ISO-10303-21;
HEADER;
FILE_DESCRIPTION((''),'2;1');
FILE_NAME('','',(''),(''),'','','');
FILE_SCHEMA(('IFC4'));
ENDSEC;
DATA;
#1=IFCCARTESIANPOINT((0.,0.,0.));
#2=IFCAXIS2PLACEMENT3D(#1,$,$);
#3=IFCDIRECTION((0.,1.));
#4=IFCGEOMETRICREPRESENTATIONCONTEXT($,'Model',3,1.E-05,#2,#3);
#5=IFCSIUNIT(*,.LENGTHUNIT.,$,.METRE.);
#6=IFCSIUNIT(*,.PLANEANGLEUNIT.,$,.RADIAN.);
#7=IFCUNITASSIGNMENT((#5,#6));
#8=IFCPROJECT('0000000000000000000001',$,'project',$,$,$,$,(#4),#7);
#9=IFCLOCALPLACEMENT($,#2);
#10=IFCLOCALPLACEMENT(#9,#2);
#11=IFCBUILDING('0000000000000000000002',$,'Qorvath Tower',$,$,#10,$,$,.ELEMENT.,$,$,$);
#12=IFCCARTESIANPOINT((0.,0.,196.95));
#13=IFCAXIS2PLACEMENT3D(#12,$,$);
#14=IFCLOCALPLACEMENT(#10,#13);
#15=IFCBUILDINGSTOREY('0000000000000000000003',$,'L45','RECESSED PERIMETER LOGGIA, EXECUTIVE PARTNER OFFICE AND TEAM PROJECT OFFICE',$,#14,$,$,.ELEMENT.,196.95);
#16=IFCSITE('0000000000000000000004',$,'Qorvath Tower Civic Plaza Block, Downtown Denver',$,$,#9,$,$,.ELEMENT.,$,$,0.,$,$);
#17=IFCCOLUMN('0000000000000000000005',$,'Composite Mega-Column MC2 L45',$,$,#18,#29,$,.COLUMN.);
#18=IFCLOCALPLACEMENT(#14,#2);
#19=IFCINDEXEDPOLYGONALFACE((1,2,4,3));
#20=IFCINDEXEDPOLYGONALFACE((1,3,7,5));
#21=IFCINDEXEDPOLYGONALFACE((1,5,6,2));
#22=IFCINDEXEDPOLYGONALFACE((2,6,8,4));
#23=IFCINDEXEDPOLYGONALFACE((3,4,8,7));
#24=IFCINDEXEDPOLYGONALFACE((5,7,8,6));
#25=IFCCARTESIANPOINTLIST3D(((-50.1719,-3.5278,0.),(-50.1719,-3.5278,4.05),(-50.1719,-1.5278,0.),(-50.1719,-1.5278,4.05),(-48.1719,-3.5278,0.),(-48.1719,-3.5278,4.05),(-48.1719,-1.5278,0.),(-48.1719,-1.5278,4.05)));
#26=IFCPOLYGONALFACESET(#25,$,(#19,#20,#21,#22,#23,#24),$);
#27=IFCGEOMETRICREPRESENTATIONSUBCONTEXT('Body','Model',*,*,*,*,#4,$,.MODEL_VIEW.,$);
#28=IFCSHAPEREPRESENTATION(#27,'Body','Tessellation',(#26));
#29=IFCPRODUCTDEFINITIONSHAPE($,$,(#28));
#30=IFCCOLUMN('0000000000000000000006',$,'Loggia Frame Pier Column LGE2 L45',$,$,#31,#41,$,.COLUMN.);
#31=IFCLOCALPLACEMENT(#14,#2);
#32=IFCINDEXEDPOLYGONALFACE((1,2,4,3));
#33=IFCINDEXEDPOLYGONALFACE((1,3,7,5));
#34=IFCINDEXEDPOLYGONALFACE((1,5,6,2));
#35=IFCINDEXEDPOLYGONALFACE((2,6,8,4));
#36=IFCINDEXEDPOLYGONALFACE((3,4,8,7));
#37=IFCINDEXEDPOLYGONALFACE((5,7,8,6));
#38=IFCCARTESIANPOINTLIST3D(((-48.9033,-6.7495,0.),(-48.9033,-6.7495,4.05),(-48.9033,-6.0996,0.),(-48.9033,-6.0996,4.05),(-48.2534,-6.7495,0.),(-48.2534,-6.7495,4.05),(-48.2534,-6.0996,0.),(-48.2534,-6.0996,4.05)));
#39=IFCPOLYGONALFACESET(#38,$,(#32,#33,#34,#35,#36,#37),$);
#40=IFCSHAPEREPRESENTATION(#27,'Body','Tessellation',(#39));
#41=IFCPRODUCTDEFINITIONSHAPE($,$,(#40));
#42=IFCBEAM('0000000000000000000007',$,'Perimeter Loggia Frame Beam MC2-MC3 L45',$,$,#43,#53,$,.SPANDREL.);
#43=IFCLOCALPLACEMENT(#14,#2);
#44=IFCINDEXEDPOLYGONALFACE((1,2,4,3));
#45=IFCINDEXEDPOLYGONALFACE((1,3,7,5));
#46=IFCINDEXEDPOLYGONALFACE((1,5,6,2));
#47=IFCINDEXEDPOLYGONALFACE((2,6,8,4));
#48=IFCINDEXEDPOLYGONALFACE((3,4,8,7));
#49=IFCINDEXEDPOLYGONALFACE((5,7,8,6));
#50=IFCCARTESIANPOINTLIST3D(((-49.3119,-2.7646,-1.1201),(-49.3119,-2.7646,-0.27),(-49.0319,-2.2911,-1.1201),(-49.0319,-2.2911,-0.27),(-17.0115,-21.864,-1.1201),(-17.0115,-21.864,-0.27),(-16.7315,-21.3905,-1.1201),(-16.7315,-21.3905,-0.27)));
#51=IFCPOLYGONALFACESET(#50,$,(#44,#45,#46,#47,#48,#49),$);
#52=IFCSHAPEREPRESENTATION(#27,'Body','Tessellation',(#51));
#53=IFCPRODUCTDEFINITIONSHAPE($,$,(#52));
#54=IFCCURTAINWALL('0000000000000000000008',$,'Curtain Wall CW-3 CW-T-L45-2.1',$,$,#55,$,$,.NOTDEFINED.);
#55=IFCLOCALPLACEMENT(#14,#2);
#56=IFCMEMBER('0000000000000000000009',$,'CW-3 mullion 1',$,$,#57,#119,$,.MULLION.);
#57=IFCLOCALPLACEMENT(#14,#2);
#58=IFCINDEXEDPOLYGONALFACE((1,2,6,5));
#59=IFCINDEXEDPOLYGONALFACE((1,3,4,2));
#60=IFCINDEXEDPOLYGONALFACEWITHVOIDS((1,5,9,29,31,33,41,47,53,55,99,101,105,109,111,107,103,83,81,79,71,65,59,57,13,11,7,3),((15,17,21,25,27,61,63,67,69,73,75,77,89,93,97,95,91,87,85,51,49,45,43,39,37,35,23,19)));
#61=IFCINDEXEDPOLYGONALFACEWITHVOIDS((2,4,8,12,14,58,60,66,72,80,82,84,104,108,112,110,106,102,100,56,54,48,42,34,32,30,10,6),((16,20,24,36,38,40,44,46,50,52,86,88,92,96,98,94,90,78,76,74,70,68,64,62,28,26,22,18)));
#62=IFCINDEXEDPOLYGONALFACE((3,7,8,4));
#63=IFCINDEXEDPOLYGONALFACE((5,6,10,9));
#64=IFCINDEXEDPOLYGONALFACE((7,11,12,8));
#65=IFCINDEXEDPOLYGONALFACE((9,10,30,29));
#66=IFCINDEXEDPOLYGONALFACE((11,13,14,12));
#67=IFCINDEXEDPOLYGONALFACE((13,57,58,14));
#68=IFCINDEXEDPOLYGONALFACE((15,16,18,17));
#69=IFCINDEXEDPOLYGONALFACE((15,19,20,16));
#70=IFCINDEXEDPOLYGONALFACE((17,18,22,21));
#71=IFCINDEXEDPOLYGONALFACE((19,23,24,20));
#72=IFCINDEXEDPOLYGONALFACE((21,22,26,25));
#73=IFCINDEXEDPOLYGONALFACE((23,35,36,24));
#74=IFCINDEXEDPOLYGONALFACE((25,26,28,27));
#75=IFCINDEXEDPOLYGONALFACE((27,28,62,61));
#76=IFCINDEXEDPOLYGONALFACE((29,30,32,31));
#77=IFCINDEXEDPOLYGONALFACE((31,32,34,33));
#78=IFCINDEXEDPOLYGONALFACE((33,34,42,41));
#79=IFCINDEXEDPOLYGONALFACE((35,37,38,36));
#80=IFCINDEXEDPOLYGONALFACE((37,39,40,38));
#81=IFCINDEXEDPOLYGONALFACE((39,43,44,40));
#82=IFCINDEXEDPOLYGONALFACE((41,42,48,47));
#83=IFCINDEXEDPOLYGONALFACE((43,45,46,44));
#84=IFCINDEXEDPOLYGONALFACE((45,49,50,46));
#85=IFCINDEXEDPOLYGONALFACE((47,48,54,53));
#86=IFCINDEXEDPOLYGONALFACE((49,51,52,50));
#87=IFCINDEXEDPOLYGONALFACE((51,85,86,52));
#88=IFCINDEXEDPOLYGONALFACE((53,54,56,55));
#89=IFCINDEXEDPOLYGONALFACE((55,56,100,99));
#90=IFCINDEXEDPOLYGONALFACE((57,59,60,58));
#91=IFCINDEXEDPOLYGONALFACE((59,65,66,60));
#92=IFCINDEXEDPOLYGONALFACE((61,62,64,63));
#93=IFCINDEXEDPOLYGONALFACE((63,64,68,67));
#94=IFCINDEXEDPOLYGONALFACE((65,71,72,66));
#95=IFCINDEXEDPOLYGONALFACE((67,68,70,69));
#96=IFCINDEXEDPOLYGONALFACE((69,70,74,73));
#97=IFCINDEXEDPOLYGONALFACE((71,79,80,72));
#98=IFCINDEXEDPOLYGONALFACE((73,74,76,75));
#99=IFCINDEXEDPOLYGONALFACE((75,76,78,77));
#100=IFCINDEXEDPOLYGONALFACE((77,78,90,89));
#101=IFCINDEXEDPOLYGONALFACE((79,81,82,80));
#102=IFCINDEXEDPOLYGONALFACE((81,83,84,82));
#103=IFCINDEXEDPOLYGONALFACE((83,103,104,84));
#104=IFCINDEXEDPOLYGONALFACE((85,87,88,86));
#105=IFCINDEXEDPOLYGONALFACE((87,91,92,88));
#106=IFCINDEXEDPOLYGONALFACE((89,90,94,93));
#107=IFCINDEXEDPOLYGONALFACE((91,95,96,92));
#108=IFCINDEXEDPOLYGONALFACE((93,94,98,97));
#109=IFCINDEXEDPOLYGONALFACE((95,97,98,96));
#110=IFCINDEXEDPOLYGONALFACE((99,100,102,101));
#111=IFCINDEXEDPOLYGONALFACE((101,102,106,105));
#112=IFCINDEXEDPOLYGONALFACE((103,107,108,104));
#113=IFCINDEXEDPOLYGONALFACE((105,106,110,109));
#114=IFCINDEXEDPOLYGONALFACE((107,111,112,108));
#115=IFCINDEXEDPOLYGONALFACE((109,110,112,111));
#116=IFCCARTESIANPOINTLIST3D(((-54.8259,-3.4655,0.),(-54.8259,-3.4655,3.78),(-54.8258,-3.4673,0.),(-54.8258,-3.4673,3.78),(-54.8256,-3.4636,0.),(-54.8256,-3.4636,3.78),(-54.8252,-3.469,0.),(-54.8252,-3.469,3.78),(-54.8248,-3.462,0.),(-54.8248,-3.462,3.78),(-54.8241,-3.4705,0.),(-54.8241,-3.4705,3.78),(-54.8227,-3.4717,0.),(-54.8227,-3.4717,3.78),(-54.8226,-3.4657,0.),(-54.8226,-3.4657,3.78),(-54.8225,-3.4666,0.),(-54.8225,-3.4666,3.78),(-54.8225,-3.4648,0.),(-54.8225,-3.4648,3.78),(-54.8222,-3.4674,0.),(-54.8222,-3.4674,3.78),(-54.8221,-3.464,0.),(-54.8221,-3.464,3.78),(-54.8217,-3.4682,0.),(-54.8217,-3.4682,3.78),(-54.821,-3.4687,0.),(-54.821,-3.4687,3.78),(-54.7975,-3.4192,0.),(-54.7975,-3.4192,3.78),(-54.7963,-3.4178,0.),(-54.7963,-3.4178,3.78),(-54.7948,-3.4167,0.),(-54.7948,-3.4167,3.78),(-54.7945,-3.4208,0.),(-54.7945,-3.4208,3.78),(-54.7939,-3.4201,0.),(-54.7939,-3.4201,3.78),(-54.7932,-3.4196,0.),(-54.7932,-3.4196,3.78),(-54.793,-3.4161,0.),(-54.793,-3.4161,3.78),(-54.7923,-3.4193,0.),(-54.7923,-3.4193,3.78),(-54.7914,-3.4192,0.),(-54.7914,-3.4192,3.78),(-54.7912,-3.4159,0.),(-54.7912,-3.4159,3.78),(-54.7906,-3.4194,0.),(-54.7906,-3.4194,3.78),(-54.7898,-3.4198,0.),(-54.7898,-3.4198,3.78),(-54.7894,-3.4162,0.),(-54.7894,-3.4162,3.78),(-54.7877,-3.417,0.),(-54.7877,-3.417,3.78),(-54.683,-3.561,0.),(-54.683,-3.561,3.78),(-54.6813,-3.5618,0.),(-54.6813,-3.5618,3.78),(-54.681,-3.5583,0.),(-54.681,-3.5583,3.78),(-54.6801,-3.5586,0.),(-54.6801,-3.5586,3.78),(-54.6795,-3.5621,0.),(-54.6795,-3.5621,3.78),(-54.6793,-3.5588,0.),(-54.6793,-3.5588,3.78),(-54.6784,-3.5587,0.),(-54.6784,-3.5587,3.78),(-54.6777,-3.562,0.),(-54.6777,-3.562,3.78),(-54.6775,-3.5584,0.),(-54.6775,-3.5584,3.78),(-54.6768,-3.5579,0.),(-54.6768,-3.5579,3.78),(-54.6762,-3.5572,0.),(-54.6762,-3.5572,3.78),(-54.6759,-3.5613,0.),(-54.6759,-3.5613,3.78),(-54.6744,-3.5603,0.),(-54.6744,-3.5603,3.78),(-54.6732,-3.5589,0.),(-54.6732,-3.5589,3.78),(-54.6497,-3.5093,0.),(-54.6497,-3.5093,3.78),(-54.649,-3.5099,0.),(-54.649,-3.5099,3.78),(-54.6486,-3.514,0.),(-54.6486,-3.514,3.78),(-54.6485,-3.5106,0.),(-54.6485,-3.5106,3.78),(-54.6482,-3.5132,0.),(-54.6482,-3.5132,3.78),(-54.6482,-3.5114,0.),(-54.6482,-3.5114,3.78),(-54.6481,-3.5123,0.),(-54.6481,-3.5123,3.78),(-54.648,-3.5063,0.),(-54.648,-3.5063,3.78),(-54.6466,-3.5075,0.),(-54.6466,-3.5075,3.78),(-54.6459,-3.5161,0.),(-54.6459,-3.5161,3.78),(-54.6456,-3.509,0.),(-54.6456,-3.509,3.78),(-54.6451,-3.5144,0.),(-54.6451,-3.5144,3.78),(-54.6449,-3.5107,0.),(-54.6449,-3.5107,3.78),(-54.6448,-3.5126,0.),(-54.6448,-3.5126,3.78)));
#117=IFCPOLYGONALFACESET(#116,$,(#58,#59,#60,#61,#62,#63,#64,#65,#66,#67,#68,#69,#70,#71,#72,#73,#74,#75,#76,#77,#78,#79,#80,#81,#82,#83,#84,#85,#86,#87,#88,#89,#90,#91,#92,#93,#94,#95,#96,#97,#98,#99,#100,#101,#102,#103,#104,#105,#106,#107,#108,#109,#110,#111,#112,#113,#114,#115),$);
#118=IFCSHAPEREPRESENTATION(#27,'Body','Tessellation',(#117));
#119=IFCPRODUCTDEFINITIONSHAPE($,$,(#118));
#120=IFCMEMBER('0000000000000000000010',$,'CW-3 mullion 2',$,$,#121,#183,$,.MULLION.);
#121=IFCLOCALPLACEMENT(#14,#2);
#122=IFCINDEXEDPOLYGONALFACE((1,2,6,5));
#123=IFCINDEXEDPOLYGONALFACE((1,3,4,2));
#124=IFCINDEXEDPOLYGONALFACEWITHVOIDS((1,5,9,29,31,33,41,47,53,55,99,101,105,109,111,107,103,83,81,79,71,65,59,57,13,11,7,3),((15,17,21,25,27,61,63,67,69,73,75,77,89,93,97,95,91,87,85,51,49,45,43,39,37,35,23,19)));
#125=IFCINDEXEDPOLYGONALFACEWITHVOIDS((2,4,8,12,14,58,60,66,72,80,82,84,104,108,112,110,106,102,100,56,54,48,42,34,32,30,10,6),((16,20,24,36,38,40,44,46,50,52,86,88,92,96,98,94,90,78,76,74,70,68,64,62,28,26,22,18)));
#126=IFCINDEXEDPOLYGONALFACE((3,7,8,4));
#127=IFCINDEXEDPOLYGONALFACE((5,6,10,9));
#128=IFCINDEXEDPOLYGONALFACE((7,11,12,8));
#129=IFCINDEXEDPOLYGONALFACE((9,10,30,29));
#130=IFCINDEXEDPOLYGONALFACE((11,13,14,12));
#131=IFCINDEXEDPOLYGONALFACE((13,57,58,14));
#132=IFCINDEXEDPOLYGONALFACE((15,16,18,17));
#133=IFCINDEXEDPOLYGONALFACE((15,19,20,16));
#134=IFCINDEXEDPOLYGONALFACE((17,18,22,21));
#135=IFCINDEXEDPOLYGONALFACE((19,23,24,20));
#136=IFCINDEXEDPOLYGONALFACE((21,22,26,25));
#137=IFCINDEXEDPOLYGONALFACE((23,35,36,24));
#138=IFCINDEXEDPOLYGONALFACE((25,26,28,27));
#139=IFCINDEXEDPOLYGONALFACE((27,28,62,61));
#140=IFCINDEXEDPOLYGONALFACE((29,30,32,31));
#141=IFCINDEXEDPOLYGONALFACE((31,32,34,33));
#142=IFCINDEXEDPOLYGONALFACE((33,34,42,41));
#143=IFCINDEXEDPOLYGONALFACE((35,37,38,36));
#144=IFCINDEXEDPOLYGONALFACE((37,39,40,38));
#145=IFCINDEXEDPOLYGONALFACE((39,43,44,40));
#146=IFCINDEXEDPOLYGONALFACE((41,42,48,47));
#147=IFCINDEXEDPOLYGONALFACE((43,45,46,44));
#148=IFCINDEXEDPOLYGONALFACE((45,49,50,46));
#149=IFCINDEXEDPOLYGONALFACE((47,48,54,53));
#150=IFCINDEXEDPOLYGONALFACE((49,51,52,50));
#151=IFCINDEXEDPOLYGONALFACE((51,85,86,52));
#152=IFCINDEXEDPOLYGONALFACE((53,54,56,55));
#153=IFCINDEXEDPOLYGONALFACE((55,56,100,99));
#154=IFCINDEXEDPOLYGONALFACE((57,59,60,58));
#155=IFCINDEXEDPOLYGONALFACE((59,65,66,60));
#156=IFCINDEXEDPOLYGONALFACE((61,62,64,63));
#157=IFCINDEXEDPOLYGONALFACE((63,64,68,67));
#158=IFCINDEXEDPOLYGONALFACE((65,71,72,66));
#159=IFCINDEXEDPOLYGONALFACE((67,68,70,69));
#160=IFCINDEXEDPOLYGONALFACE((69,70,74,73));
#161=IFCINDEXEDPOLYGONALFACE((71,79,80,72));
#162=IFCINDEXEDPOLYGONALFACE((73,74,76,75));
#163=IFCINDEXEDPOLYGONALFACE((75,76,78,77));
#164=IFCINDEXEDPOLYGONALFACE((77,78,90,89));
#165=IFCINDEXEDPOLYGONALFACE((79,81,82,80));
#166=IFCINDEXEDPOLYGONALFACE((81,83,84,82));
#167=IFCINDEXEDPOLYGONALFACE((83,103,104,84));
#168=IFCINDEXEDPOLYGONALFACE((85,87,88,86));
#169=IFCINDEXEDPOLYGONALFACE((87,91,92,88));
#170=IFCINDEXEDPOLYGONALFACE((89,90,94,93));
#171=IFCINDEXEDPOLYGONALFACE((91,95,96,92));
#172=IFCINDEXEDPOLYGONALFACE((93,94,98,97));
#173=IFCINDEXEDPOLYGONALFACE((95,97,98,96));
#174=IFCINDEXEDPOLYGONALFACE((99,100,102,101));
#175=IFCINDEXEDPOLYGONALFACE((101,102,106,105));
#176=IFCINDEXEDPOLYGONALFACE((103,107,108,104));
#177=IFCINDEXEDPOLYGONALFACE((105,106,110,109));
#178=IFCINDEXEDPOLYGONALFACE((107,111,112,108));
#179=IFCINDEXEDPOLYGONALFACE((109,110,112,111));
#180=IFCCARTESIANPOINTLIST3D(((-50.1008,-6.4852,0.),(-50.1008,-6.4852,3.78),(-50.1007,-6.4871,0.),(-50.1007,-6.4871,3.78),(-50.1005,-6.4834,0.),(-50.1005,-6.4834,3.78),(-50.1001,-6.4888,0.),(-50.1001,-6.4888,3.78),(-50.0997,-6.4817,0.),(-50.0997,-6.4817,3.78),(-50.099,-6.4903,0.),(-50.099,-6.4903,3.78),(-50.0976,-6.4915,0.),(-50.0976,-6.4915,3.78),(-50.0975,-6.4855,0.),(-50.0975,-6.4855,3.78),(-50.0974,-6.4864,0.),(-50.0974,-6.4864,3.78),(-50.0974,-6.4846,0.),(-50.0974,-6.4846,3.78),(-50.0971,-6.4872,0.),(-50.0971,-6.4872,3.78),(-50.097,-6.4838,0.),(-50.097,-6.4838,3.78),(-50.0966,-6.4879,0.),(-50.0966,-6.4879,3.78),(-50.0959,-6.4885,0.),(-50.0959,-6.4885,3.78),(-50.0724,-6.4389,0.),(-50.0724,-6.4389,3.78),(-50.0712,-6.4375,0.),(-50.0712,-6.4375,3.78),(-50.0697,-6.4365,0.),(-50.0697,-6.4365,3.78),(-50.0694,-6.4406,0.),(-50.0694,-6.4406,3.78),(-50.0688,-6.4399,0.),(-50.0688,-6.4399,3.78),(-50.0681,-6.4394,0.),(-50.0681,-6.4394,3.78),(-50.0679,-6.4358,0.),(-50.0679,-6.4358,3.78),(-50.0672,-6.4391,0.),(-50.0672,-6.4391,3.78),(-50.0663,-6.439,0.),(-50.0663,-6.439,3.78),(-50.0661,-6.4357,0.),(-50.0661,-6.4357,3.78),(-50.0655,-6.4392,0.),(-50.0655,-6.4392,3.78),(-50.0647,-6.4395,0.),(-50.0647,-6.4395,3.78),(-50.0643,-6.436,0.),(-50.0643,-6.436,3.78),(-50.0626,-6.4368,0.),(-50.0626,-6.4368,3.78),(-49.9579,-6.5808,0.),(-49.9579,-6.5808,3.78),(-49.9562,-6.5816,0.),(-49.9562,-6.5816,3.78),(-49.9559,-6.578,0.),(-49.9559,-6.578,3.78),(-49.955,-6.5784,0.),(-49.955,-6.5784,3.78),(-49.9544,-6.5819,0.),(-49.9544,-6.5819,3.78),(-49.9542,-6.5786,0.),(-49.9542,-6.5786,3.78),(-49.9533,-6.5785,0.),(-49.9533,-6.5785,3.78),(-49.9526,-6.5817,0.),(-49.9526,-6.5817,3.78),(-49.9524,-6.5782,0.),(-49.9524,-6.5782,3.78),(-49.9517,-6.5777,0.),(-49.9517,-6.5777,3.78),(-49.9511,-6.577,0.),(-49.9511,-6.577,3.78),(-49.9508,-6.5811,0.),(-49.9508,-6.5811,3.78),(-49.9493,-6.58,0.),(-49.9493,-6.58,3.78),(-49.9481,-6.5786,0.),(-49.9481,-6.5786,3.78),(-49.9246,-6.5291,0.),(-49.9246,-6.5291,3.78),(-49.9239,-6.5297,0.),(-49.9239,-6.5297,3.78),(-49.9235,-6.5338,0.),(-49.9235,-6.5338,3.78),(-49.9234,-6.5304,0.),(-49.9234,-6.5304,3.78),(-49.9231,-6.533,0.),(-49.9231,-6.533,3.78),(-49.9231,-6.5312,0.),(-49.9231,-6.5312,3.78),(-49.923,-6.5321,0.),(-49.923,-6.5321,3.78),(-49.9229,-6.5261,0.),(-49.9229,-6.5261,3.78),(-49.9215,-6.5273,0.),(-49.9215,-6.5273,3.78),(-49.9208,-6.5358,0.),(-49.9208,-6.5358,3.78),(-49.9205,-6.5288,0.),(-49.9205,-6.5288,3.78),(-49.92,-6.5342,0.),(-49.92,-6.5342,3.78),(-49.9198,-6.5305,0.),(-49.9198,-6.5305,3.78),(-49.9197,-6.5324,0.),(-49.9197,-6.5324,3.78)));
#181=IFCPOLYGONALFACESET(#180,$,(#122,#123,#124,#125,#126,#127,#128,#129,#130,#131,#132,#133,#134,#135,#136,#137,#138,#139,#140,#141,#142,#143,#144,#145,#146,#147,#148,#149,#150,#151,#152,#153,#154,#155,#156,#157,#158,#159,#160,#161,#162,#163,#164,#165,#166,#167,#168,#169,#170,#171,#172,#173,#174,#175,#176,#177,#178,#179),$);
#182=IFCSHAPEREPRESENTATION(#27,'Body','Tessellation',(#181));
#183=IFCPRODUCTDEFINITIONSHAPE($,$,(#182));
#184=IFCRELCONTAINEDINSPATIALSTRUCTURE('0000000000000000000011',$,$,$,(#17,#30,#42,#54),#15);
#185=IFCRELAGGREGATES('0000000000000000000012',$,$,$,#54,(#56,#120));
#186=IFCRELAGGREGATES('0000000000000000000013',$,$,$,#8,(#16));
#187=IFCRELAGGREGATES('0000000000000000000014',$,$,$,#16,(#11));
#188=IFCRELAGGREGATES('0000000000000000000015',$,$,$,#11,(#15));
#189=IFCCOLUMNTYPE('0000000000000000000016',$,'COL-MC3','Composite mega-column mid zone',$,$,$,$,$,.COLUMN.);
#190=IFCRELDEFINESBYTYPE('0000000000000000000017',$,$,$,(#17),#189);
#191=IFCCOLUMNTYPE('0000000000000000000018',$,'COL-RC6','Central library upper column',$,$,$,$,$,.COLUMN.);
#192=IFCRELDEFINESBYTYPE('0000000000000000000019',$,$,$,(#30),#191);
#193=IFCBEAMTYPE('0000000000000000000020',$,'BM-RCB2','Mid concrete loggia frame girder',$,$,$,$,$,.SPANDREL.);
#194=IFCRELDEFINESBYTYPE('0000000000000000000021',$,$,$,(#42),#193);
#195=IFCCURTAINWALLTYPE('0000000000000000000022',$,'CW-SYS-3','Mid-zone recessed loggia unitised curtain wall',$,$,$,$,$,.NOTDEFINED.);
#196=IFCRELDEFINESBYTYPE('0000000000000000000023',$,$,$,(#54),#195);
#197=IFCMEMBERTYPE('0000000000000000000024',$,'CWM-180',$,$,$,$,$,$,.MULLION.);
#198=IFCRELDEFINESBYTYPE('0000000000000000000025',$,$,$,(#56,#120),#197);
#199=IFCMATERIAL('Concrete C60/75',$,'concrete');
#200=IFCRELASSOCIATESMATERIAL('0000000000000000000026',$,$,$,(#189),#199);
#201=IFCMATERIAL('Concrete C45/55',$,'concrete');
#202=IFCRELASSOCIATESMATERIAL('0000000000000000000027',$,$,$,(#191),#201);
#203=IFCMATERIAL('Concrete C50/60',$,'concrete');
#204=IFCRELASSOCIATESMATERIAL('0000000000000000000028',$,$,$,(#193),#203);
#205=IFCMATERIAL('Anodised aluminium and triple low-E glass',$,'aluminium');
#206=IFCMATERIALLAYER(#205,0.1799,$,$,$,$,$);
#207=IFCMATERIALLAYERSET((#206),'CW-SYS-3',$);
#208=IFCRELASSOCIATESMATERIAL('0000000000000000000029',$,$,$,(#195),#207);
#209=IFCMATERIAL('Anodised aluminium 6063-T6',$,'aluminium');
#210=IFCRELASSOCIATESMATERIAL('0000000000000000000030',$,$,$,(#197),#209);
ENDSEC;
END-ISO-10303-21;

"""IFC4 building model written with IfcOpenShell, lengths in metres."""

from ifc_helpers import new_model, si_unit, direction, frame, origin, origin_2d, place, context, subcontext, project, spatial, rectangle, hollow_rectangle, extrude, material, layer, layer_set, material_profile, profile_set, type_object, element, aggregate, save


model = new_model("IFC4")

# Units and contexts
model_context = context("Model", 3, precision=1e-05, world=origin(), true_north=direction((0.0, 1.0)))
body_context = subcontext(model_context, "Body", "Model", "MODEL_VIEW")
ifc_project = project(units=[si_unit("LENGTHUNIT", "METRE"), si_unit("PLANEANGLEUNIT", "RADIAN")], contexts=[model_context])

# Site, building, storey
site_placement = place(None, origin())
site = spatial("IfcSite", under=ifc_project, at=site_placement, Name="Qorvath Tower Civic Plaza Block, Downtown Denver", CompositionType="ELEMENT", RefElevation=0.0)
building_placement = place(site_placement, origin())
building = spatial("IfcBuilding", under=site, at=building_placement, Name="Qorvath Tower", CompositionType="ELEMENT")
storey_placement = place(building_placement, frame((0.0, 0.0, 196.95)))
storey = spatial("IfcBuildingStorey", under=building, at=storey_placement, Name="L45", Description="RECESSED PERIMETER LOGGIA, EXECUTIVE PARTNER OFFICE AND TEAM PROJECT OFFICE", CompositionType="ELEMENT", Elevation=196.95)

# Columns
ifc_material_1 = material(Name="Concrete C60/75", Category="concrete")
ifc_material_profile_1 = material_profile(ifc_material_1, rectangle(XDim=2.0, YDim=2.0, at=origin_2d()), Name="MC 2000x2000")
ifc_profile_set_1 = profile_set([ifc_material_profile_1], Name="Concrete C60/75")
column_type_1 = type_object("IfcColumnType", Name="COL-MC3", Description="Composite mega-column mid zone", PredefinedType="COLUMN", material=ifc_profile_set_1)
column_1_placement = place(storey_placement, frame((-49.1719, -2.5278, 0.0), z_axis=(0.0, 0.0, 1.0), x_axis=(1.0, 0.0, 0.0)))
element("IfcColumn", 1, at=column_1_placement, inside=storey, type_object=column_type_1, Name="Composite Mega-Column MC2 L45", PredefinedType="COLUMN", context=body_context, shape_type="SweptSolid", body=[
    extrude(rectangle(XDim=2.0, YDim=2.0, at=origin_2d()), origin(), (0.0, 0.0, 1.0), 4.05),
])
ifc_material_2 = material(Name="Concrete C45/55", Category="concrete")
ifc_material_profile_2 = material_profile(ifc_material_2, rectangle(XDim=0.6499, YDim=0.6499, at=origin_2d()), Name="RC 650x650")
ifc_profile_set_2 = profile_set([ifc_material_profile_2], Name="Concrete C45/55")
column_type_2 = type_object("IfcColumnType", Name="COL-RC6", Description="Central library upper column", PredefinedType="COLUMN", material=ifc_profile_set_2)
column_2_placement = place(storey_placement, frame((-48.5784, -6.4246, 0.0), z_axis=(0.0, 0.0, 1.0), x_axis=(1.0, 0.0, 0.0)))
element("IfcColumn", 2, at=column_2_placement, inside=storey, type_object=column_type_2, Name="Loggia Frame Pier Column LGE2 L45", PredefinedType="COLUMN", context=body_context, shape_type="SweptSolid", body=[
    extrude(rectangle(XDim=0.6499, YDim=0.6499, at=origin_2d()), origin(), (0.0, 0.0, 1.0), 4.05),
])

# Beam
ifc_material_3 = material(Name="Concrete C50/60", Category="concrete")
ifc_material_profile_3 = material_profile(ifc_material_3, rectangle(XDim=0.55, YDim=0.8501, at=origin_2d()), Name="RCB 850x550")
ifc_profile_set_3 = profile_set([ifc_material_profile_3], Name="Concrete C50/60")
beam_type = type_object("IfcBeamType", Name="BM-RCB2", Description="Mid concrete loggia frame girder", PredefinedType="SPANDREL", material=ifc_profile_set_3)
beam_placement = place(storey_placement, frame((-49.1719, -2.5278, -0.6951), z_axis=(0.860777, -0.508983, 0.0), x_axis=(0.508983, 0.860777, 0.0)))
element("IfcBeam", 3, at=beam_placement, inside=storey, type_object=beam_type, Name="Perimeter Loggia Frame Beam MC2-MC3 L45", PredefinedType="SPANDREL", context=body_context, shape_type="SweptSolid", body=[
    extrude(rectangle(XDim=0.55, YDim=0.8501, at=origin_2d()), origin(), (0.0, 0.0, 1.0), 37.5247),
])

# Curtain wall, members
ifc_material_4 = material(Name="Anodised aluminium and triple low-E glass", Category="aluminium")
ifc_layer_1 = layer(ifc_material_4, 0.1799)
ifc_layer_set_1 = layer_set([ifc_layer_1], Name="CW-SYS-3")
curtain_wall_type = type_object("IfcCurtainWallType", Name="CW-SYS-3", Description="Mid-zone recessed loggia unitised curtain wall", PredefinedType="NOTDEFINED", material=ifc_layer_set_1)
curtain_wall_placement = place(storey_placement, origin())
curtain_wall = element("IfcCurtainWall", 4, at=curtain_wall_placement, inside=storey, type_object=curtain_wall_type, Name="Curtain Wall CW-3 CW-T-L45-2.1", PredefinedType="NOTDEFINED")
ifc_material_5 = material(Name="Anodised aluminium 6063-T6", Category="aluminium")
ifc_material_profile_4 = material_profile(ifc_material_5, hollow_rectangle(XDim=0.0649, YDim=0.1799, WallThickness=0.0034, InnerFilletRadius=0.0034, OuterFilletRadius=0.0071, at=origin_2d()), Name="CWM 180x65")
ifc_profile_set_4 = profile_set([ifc_material_profile_4], Name="Anodised aluminium 6063-T6")
member_type_1 = type_object("IfcMemberType", Name="CWM-180", PredefinedType="MULLION", material=ifc_profile_set_4)
member_1_placement = place(storey_placement, frame((-54.7354, -3.489, 0.0), z_axis=(0.0, 0.0, 1.0), x_axis=(0.538534, 0.842604, 0.0)))
member_1 = element("IfcMember", 5, at=member_1_placement, type_object=member_type_1, Name="CW-3 mullion 1", PredefinedType="MULLION", context=body_context, shape_type="SweptSolid", body=[
    extrude(hollow_rectangle(XDim=0.0649, YDim=0.1799, WallThickness=0.0034, InnerFilletRadius=0.0034, OuterFilletRadius=0.0071, at=origin_2d()), origin(), (0.0, 0.0, 1.0), 3.78),
])
member_2_placement = place(storey_placement, frame((-50.0103, -6.5088, 0.0), z_axis=(0.0, 0.0, 1.0), x_axis=(0.538534, 0.842604, 0.0)))
member_2 = element("IfcMember", 6, at=member_2_placement, type_object=member_type_1, Name="CW-3 mullion 2", PredefinedType="MULLION", context=body_context, shape_type="SweptSolid", body=[
    extrude(hollow_rectangle(XDim=0.0649, YDim=0.1799, WallThickness=0.0034, InnerFilletRadius=0.0034, OuterFilletRadius=0.0071, at=origin_2d()), origin(), (0.0, 0.0, 1.0), 3.78),
])
aggregate(curtain_wall, [member_1, member_2])

save(model, "model.ifc")
